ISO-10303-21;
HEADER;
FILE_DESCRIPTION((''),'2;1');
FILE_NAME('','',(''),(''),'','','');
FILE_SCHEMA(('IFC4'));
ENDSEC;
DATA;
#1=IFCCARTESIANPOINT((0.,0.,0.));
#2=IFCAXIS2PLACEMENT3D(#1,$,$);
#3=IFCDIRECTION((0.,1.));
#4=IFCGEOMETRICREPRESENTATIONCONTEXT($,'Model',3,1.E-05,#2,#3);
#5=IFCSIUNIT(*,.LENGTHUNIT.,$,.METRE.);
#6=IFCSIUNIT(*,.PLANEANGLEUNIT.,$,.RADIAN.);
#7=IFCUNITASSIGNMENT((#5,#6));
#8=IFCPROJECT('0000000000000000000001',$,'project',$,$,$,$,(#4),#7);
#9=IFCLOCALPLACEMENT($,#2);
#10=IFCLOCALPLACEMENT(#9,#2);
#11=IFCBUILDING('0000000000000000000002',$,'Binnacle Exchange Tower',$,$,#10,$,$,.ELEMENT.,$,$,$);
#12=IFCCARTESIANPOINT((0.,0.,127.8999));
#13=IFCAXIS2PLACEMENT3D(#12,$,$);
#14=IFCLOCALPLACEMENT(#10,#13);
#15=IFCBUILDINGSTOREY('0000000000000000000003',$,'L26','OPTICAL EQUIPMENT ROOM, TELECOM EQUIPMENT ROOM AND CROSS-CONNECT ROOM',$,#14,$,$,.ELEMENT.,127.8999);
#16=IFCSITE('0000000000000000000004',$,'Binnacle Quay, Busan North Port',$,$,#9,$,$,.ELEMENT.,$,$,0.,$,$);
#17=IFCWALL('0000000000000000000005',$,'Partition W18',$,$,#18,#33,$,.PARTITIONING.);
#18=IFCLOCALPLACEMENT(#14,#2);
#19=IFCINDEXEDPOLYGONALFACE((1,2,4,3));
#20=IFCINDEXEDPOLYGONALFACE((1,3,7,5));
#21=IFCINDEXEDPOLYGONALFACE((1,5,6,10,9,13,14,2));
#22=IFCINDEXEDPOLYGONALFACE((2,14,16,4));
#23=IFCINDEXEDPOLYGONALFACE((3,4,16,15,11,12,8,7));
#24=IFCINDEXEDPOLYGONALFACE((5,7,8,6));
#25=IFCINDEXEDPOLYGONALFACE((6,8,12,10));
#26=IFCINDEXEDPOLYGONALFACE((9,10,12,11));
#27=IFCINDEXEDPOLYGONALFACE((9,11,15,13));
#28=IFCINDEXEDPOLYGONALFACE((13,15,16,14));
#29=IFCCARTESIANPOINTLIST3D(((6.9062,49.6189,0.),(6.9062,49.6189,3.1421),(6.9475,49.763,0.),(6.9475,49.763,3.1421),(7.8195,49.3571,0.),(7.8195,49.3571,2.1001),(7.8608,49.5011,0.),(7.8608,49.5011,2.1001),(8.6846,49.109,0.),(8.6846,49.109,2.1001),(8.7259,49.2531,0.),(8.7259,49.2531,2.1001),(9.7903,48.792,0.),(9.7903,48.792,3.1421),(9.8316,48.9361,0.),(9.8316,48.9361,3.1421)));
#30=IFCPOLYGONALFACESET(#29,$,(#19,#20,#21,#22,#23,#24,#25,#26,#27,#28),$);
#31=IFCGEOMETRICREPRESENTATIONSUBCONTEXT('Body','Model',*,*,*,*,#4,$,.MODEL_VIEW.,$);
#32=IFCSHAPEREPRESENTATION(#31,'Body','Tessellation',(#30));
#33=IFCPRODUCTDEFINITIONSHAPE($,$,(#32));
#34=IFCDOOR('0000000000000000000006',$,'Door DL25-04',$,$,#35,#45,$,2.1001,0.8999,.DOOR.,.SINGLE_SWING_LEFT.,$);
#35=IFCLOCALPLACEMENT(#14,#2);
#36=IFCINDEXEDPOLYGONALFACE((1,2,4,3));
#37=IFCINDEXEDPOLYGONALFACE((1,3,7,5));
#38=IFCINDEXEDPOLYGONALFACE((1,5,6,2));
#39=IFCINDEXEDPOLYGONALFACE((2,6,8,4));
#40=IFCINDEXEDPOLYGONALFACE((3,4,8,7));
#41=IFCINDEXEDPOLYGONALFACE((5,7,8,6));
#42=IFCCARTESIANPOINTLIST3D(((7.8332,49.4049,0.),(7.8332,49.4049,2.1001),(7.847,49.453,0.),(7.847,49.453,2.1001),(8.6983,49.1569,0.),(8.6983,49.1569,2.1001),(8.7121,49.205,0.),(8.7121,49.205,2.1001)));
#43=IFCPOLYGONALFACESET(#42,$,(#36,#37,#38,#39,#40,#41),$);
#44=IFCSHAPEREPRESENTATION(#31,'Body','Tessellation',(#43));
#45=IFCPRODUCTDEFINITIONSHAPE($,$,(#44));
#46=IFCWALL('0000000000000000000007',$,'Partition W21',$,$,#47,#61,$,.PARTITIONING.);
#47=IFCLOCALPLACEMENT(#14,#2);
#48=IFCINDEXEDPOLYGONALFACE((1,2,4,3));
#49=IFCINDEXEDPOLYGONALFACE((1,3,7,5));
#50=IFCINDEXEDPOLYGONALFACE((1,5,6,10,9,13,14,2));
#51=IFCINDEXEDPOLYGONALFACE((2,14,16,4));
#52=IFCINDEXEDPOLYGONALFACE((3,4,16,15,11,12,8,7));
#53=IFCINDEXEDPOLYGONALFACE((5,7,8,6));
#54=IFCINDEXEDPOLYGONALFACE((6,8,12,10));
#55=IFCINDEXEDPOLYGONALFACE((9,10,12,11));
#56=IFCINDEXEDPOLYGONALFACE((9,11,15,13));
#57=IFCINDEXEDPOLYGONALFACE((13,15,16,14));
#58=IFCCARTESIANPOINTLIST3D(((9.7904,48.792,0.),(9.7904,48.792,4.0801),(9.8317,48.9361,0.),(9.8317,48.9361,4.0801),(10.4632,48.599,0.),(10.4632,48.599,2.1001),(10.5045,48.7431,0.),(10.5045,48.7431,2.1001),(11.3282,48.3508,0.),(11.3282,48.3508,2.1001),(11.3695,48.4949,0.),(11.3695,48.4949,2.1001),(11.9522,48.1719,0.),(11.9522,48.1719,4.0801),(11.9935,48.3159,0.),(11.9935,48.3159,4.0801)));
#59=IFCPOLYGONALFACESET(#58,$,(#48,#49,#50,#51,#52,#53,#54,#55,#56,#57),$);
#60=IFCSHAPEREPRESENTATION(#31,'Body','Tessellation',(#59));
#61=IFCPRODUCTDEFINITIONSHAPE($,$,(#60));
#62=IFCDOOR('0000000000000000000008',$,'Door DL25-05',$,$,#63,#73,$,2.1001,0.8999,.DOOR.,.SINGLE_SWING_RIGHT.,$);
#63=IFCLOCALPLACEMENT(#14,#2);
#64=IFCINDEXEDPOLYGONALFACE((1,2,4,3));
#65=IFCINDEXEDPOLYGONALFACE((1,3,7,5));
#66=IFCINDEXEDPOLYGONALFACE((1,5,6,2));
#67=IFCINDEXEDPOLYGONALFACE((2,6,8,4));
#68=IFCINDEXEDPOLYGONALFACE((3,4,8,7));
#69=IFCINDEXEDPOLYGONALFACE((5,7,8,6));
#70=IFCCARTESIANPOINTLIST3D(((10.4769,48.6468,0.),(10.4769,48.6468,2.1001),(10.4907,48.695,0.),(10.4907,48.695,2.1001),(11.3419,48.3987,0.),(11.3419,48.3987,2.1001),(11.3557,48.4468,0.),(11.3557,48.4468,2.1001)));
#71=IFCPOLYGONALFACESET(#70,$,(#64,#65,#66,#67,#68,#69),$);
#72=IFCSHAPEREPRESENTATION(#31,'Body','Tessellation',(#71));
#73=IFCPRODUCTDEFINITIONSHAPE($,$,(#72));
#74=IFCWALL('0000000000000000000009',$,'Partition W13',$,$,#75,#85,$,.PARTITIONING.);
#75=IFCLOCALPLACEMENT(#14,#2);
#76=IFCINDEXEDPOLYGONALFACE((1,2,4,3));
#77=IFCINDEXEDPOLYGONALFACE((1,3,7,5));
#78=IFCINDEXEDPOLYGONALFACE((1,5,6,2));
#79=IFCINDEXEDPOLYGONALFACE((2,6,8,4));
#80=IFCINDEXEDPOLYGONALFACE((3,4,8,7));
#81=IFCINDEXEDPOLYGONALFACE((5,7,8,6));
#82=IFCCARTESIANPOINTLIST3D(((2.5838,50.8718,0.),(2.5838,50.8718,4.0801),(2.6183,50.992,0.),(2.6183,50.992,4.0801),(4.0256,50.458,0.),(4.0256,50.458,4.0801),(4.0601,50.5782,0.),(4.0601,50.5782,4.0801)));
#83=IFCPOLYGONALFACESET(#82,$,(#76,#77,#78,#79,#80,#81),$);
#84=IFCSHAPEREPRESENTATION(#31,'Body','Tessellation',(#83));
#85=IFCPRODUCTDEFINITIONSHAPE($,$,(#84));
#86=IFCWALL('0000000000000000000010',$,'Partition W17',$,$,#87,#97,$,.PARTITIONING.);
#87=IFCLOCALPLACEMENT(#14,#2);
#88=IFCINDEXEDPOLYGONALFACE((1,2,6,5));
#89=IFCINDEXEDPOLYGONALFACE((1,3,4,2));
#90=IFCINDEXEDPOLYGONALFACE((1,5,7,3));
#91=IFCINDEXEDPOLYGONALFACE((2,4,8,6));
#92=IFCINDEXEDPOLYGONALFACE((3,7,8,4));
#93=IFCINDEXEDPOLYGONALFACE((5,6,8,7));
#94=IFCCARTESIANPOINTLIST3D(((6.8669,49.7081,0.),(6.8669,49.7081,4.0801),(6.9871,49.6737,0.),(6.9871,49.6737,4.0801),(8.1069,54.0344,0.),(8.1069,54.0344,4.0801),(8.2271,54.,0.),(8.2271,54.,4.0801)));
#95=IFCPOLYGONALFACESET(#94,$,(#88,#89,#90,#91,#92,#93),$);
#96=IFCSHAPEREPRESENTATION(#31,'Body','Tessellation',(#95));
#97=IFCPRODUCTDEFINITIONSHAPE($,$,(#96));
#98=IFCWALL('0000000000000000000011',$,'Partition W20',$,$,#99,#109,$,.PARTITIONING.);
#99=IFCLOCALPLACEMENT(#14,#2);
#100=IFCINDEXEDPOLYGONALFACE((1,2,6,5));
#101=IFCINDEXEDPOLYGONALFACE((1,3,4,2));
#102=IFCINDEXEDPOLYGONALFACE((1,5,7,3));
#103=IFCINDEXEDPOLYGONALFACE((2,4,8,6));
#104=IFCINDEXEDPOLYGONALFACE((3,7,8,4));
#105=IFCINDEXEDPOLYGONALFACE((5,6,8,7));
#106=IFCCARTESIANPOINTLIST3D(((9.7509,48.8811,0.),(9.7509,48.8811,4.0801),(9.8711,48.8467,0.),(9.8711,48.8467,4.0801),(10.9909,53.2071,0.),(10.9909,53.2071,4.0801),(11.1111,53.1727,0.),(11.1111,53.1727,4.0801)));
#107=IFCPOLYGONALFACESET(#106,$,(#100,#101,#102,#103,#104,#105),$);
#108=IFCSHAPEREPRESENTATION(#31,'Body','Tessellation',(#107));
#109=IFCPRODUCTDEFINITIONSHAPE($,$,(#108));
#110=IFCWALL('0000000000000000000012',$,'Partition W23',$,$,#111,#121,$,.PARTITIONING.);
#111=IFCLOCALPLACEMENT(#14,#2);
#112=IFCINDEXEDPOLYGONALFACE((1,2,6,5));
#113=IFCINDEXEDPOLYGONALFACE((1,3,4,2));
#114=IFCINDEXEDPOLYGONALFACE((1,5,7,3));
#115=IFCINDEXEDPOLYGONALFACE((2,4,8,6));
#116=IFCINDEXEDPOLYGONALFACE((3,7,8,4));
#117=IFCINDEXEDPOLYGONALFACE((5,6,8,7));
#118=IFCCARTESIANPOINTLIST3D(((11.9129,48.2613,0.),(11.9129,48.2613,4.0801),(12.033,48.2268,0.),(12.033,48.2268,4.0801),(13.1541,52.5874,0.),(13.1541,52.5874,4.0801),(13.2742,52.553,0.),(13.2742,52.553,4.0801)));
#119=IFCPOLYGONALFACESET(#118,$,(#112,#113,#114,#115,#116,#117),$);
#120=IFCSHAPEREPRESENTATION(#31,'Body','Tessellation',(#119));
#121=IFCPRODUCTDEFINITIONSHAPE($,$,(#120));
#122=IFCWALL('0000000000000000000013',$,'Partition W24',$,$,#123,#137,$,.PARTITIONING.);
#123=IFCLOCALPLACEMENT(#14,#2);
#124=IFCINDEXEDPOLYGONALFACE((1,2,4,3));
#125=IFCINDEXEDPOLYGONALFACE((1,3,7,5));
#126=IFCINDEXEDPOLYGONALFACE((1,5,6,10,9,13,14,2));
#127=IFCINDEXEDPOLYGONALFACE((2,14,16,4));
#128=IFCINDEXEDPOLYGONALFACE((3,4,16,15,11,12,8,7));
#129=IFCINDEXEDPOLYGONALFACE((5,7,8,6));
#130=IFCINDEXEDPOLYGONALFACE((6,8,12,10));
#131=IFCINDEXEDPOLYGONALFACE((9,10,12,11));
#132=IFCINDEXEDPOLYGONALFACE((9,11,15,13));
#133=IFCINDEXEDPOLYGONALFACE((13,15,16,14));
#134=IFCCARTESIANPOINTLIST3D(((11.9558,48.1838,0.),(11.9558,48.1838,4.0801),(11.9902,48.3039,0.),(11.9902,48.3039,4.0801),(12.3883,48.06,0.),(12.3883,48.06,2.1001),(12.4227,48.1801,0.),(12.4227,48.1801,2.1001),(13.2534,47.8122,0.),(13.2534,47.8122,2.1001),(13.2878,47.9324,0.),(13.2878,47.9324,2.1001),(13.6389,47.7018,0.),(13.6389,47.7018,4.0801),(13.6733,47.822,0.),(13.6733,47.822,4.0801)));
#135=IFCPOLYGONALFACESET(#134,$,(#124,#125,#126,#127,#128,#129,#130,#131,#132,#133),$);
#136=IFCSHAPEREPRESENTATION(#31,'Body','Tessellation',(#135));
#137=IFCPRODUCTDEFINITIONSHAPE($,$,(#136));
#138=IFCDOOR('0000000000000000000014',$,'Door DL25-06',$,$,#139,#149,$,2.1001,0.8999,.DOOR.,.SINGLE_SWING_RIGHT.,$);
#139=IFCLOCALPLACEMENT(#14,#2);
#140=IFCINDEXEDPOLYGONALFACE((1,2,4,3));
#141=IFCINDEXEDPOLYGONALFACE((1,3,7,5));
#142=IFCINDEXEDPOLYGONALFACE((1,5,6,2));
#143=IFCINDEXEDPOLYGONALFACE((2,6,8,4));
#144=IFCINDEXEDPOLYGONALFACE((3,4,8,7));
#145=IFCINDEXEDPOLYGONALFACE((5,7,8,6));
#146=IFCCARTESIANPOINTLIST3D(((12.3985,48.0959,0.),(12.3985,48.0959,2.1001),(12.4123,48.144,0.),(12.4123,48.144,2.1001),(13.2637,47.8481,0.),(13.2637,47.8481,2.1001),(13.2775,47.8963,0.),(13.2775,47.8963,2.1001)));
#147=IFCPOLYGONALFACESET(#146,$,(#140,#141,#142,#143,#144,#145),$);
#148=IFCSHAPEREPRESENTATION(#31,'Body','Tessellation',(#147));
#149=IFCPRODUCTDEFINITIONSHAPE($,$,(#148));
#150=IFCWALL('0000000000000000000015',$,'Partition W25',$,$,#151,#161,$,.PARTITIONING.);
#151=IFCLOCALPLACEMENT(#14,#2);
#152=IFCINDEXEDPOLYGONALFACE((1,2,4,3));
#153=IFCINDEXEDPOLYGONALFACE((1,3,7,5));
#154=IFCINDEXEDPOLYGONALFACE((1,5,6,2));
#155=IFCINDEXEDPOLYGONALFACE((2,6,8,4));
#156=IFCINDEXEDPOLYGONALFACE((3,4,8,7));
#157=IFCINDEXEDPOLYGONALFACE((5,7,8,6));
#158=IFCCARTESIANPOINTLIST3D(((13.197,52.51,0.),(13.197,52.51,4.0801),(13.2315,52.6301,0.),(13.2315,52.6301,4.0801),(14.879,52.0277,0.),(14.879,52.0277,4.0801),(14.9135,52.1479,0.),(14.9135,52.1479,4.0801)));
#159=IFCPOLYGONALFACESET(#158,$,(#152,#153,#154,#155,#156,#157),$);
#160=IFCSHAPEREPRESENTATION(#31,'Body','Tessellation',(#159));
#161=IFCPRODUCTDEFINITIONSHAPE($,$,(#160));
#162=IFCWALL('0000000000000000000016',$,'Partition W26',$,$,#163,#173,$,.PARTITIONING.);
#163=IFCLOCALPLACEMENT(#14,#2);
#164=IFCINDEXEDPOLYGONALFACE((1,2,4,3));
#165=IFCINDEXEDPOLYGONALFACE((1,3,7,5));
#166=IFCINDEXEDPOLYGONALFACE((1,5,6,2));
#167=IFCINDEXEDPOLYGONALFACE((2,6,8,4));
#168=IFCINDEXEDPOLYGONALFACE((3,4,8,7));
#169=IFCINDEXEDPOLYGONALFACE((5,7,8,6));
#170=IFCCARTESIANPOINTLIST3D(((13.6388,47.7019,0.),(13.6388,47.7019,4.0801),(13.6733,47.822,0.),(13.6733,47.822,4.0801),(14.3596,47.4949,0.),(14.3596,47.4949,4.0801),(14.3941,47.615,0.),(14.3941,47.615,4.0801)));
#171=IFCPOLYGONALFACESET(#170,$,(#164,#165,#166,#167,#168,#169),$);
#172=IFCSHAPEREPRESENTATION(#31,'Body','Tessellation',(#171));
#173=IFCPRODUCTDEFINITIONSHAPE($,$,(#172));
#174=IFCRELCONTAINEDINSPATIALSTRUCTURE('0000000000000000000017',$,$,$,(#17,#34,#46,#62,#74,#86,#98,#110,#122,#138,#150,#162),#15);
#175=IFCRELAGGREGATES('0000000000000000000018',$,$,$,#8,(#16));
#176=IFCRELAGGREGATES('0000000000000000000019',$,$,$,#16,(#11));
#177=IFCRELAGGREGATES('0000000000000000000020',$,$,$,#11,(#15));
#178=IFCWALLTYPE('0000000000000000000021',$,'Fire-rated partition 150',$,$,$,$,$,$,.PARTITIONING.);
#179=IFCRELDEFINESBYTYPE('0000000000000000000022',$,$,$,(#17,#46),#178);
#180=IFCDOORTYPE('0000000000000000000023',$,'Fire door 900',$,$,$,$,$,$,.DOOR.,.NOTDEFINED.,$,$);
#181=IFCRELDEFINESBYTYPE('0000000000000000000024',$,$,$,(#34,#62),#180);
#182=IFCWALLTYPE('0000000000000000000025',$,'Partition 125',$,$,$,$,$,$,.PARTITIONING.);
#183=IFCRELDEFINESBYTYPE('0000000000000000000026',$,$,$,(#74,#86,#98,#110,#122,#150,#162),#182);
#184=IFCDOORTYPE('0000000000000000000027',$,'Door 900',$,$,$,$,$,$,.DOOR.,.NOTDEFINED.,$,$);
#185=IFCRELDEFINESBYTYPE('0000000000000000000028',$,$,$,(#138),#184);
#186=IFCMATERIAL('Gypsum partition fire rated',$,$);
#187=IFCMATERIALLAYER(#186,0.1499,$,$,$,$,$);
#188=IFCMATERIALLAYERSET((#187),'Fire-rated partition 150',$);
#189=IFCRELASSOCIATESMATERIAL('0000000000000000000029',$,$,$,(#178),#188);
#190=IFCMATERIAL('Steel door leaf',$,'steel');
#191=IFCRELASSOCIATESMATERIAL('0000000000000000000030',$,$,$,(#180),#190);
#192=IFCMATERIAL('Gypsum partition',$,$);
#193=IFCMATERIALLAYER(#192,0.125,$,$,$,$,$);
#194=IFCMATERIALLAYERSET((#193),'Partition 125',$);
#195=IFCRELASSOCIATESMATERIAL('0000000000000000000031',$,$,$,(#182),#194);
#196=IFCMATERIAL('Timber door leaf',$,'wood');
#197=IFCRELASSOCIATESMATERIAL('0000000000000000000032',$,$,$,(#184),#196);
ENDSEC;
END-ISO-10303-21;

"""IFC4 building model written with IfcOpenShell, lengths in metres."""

from ifc_helpers import new_model, si_unit, direction, frame, frame_2d, origin, place, context, subcontext, project, spatial, rectangle, extrude, material, layer, layer_set, type_object, element, fill, save


model = new_model("IFC4")

# Units and contexts
model_context = context("Model", 3, precision=1e-05, world=origin(), true_north=direction((0.0, 1.0)))
body_context = subcontext(model_context, "Body", "Model", "MODEL_VIEW")
ifc_project = project(units=[si_unit("LENGTHUNIT", "METRE"), si_unit("PLANEANGLEUNIT", "RADIAN")], contexts=[model_context])

# Site, building, storey
site_placement = place(None, origin())
site = spatial("IfcSite", under=ifc_project, at=site_placement, Name="Binnacle Quay, Busan North Port", CompositionType="ELEMENT", RefElevation=0.0)
building_placement = place(site_placement, origin())
building = spatial("IfcBuilding", under=site, at=building_placement, Name="Binnacle Exchange Tower", CompositionType="ELEMENT")
storey_placement = place(building_placement, frame((0.0, 0.0, 127.8999)))
storey = spatial("IfcBuildingStorey", under=building, at=storey_placement, Name="L26", Description="OPTICAL EQUIPMENT ROOM, TELECOM EQUIPMENT ROOM AND CROSS-CONNECT ROOM", CompositionType="ELEMENT", Elevation=127.8999)

# Shared definitions
ifc_material_1 = material(Name="Gypsum partition fire rated")
ifc_layer_1 = layer(ifc_material_1, 0.1499)
ifc_layer_set_1 = layer_set([ifc_layer_1], Name="Fire-rated partition 150")
wall_type_1 = type_object("IfcWallType", Name="Fire-rated partition 150", PredefinedType="PARTITIONING", material=ifc_layer_set_1)

# Walls, openings, doors
ifc_material_2 = material(Name="Steel door leaf", Category="steel")
door_type_1 = type_object("IfcDoorType", Name="Fire door 900", OperationType="NOTDEFINED", PredefinedType="DOOR", material=ifc_material_2)
wall_1_placement = place(storey_placement, frame((6.927, 49.6909, 0.0), z_axis=(0.0, 0.0, 1.0), x_axis=(0.961269, -0.275613, 0.0)))
wall_1 = element("IfcWall", 1, at=wall_1_placement, inside=storey, type_object=wall_type_1, Name="Partition W18", PredefinedType="PARTITIONING", context=body_context, shape_type="SweptSolid", body=[
    extrude(rectangle(XDim=3.0002, YDim=0.1499, at=frame_2d((1.5, 0.0))), origin(), (0.0, 0.0, 1.0), 3.1421),
])
opening_1_placement = place(wall_1_placement, frame((0.95, 0.0, 0.0)))
opening_1 = element("IfcOpeningElement", 2, at=opening_1_placement, cuts=wall_1, PredefinedType="OPENING", context=body_context, shape_type="SweptSolid", body=[
    extrude(rectangle(XDim=0.8999, YDim=2.1001, at=frame_2d((0.45, 1.05))), frame((0.0, 0.085, 0.0), z_axis=(0.0, -1.0, 0.0), x_axis=(1.0, 0.0, 0.0)), (0.0, 0.0, 1.0), 0.1699),
])
door_1_placement = place(opening_1_placement, origin())
door_1 = element("IfcDoor", 3, at=door_1_placement, inside=storey, type_object=door_type_1, Name="Door DL25-04", OperationType="SINGLE_SWING_LEFT", OverallHeight=2.1001, OverallWidth=0.8999, PredefinedType="DOOR", context=body_context, shape_type="SweptSolid", body=[
    extrude(rectangle(XDim=0.8999, YDim=2.1001, at=frame_2d((0.45, 1.05))), frame((0.0, 0.0249, 0.0), z_axis=(0.0, -1.0, 0.0), x_axis=(1.0, 0.0, 0.0)), (0.0, 0.0, 1.0), 0.05),
])
fill(opening_1, door_1)
wall_2_placement = place(storey_placement, frame((9.811, 48.864, 0.0), z_axis=(0.0, 0.0, 1.0), x_axis=(0.961237, -0.275725, 0.0)))
wall_2 = element("IfcWall", 4, at=wall_2_placement, inside=storey, type_object=wall_type_1, Name="Partition W21", PredefinedType="PARTITIONING", context=body_context, shape_type="SweptSolid", body=[
    extrude(rectangle(XDim=2.249, YDim=0.1499, at=frame_2d((1.1245, 0.0))), origin(), (0.0, 0.0, 1.0), 4.0801),
])
opening_2_placement = place(wall_2_placement, frame((0.7, 0.0, 0.0)))
opening_2 = element("IfcOpeningElement", 5, at=opening_2_placement, cuts=wall_2, PredefinedType="OPENING", context=body_context, shape_type="SweptSolid", body=[
    extrude(rectangle(XDim=0.8999, YDim=2.1001, at=frame_2d((0.45, 1.05))), frame((0.0, 0.085, 0.0), z_axis=(0.0, -1.0, 0.0), x_axis=(1.0, 0.0, 0.0)), (0.0, 0.0, 1.0), 0.1699),
])
door_2_placement = place(opening_2_placement, origin())
door_2 = element("IfcDoor", 6, at=door_2_placement, inside=storey, type_object=door_type_1, Name="Door DL25-05", OperationType="SINGLE_SWING_RIGHT", OverallHeight=2.1001, OverallWidth=0.8999, PredefinedType="DOOR", context=body_context, shape_type="SweptSolid", body=[
    extrude(rectangle(XDim=0.8999, YDim=2.1001, at=frame_2d((0.45, 1.05))), frame((0.0, 0.0249, 0.0), z_axis=(0.0, -1.0, 0.0), x_axis=(1.0, 0.0, 0.0)), (0.0, 0.0, 1.0), 0.05),
])
fill(opening_2, door_2)

# Walls
ifc_material_3 = material(Name="Gypsum partition")
ifc_layer_2 = layer(ifc_material_3, 0.125)
ifc_layer_set_2 = layer_set([ifc_layer_2], Name="Partition 125")
wall_type_2 = type_object("IfcWallType", Name="Partition 125", PredefinedType="PARTITIONING", material=ifc_layer_set_2)
wall_3_placement = place(storey_placement, frame((2.6011, 50.9319, 0.0), z_axis=(0.0, 0.0, 1.0), x_axis=(0.961198, -0.27586, 0.0)))
element("IfcWall", 7, at=wall_3_placement, inside=storey, type_object=wall_type_2, Name="Partition W13", PredefinedType="PARTITIONING", context=body_context, shape_type="SweptSolid", body=[
    extrude(rectangle(XDim=1.5, YDim=0.125, at=frame_2d((0.75, 0.0))), origin(), (0.0, 0.0, 1.0), 4.0801),
])
wall_4_placement = place(storey_placement, frame((6.927, 49.6909, 0.0), z_axis=(0.0, 0.0, 1.0), x_axis=(0.275531, 0.961292, 0.0)))
element("IfcWall", 8, at=wall_4_placement, inside=storey, type_object=wall_type_2, Name="Partition W17", PredefinedType="PARTITIONING", context=body_context, shape_type="SweptSolid", body=[
    extrude(rectangle(XDim=4.5005, YDim=0.125, at=frame_2d((2.2502, 0.0))), origin(), (0.0, 0.0, 1.0), 4.0801),
])
wall_5_placement = place(storey_placement, frame((9.811, 48.864, 0.0), z_axis=(0.0, 0.0, 1.0), x_axis=(0.275545, 0.961288, 0.0)))
element("IfcWall", 9, at=wall_5_placement, inside=storey, type_object=wall_type_2, Name="Partition W20", PredefinedType="PARTITIONING", context=body_context, shape_type="SweptSolid", body=[
    extrude(rectangle(XDim=4.5002, YDim=0.125, at=frame_2d((2.25, 0.0))), origin(), (0.0, 0.0, 1.0), 4.0801),
])
wall_6_placement = place(storey_placement, frame((11.9729, 48.2439, 0.0), z_axis=(0.0, 0.0, 1.0), x_axis=(0.275781, 0.96122, 0.0)))
element("IfcWall", 10, at=wall_6_placement, inside=storey, type_object=wall_type_2, Name="Partition W23", PredefinedType="PARTITIONING", context=body_context, shape_type="SweptSolid", body=[
    extrude(rectangle(XDim=4.5007, YDim=0.125, at=frame_2d((2.2505, 0.0))), origin(), (0.0, 0.0, 1.0), 4.0801),
])

# Wall, opening, door
wall_7_placement = place(storey_placement, frame((11.9729, 48.2439, 0.0), z_axis=(0.0, 0.0, 1.0), x_axis=(0.961366, -0.275274, 0.0)))
wall_7 = element("IfcWall", 11, at=wall_7_placement, inside=storey, type_object=wall_type_2, Name="Partition W24", PredefinedType="PARTITIONING", context=body_context, shape_type="SweptSolid", body=[
    extrude(rectangle(XDim=1.7507, YDim=0.125, at=frame_2d((0.8755, 0.0))), origin(), (0.0, 0.0, 1.0), 4.0801),
])
opening_3_placement = place(wall_7_placement, frame((0.45, 0.0, 0.0)))
opening_3 = element("IfcOpeningElement", 12, at=opening_3_placement, cuts=wall_7, PredefinedType="OPENING", context=body_context, shape_type="SweptSolid", body=[
    extrude(rectangle(XDim=0.8999, YDim=2.1001, at=frame_2d((0.45, 1.05))), frame((0.0, 0.0725, 0.0), z_axis=(0.0, -1.0, 0.0), x_axis=(1.0, 0.0, 0.0)), (0.0, 0.0, 1.0), 0.145),
])
ifc_material_4 = material(Name="Timber door leaf", Category="wood")
door_type_2 = type_object("IfcDoorType", Name="Door 900", OperationType="NOTDEFINED", PredefinedType="DOOR", material=ifc_material_4)
door_3_placement = place(opening_3_placement, origin())
door_3 = element("IfcDoor", 13, at=door_3_placement, inside=storey, type_object=door_type_2, Name="Door DL25-06", OperationType="SINGLE_SWING_RIGHT", OverallHeight=2.1001, OverallWidth=0.8999, PredefinedType="DOOR", context=body_context, shape_type="SweptSolid", body=[
    extrude(rectangle(XDim=0.8999, YDim=2.1001, at=frame_2d((0.45, 1.05))), frame((0.0, 0.0249, 0.0), z_axis=(0.0, -1.0, 0.0), x_axis=(1.0, 0.0, 0.0)), (0.0, 0.0, 1.0), 0.05),
])
fill(opening_3, door_3)

# Walls
wall_8_placement = place(storey_placement, frame((13.2141, 52.5701, 0.0), z_axis=(0.0, 0.0, 1.0), x_axis=(0.961276, -0.275587, 0.0)))
element("IfcWall", 14, at=wall_8_placement, inside=storey, type_object=wall_type_2, Name="Partition W25", PredefinedType="PARTITIONING", context=body_context, shape_type="SweptSolid", body=[
    extrude(rectangle(XDim=1.7498, YDim=0.125, at=frame_2d((0.875, 0.0))), origin(), (0.0, 0.0, 1.0), 4.0801),
])
wall_9_placement = place(storey_placement, frame((13.656, 47.762, 0.0), z_axis=(0.0, 0.0, 1.0), x_axis=(0.961155, -0.276011, 0.0)))
element("IfcWall", 15, at=wall_9_placement, inside=storey, type_object=wall_type_2, Name="Partition W26", PredefinedType="PARTITIONING", context=body_context, shape_type="SweptSolid", body=[
    extrude(rectangle(XDim=0.75, YDim=0.125, at=frame_2d((0.375, 0.0))), origin(), (0.0, 0.0, 1.0), 4.0801),
])

save(model, "model.ifc")
